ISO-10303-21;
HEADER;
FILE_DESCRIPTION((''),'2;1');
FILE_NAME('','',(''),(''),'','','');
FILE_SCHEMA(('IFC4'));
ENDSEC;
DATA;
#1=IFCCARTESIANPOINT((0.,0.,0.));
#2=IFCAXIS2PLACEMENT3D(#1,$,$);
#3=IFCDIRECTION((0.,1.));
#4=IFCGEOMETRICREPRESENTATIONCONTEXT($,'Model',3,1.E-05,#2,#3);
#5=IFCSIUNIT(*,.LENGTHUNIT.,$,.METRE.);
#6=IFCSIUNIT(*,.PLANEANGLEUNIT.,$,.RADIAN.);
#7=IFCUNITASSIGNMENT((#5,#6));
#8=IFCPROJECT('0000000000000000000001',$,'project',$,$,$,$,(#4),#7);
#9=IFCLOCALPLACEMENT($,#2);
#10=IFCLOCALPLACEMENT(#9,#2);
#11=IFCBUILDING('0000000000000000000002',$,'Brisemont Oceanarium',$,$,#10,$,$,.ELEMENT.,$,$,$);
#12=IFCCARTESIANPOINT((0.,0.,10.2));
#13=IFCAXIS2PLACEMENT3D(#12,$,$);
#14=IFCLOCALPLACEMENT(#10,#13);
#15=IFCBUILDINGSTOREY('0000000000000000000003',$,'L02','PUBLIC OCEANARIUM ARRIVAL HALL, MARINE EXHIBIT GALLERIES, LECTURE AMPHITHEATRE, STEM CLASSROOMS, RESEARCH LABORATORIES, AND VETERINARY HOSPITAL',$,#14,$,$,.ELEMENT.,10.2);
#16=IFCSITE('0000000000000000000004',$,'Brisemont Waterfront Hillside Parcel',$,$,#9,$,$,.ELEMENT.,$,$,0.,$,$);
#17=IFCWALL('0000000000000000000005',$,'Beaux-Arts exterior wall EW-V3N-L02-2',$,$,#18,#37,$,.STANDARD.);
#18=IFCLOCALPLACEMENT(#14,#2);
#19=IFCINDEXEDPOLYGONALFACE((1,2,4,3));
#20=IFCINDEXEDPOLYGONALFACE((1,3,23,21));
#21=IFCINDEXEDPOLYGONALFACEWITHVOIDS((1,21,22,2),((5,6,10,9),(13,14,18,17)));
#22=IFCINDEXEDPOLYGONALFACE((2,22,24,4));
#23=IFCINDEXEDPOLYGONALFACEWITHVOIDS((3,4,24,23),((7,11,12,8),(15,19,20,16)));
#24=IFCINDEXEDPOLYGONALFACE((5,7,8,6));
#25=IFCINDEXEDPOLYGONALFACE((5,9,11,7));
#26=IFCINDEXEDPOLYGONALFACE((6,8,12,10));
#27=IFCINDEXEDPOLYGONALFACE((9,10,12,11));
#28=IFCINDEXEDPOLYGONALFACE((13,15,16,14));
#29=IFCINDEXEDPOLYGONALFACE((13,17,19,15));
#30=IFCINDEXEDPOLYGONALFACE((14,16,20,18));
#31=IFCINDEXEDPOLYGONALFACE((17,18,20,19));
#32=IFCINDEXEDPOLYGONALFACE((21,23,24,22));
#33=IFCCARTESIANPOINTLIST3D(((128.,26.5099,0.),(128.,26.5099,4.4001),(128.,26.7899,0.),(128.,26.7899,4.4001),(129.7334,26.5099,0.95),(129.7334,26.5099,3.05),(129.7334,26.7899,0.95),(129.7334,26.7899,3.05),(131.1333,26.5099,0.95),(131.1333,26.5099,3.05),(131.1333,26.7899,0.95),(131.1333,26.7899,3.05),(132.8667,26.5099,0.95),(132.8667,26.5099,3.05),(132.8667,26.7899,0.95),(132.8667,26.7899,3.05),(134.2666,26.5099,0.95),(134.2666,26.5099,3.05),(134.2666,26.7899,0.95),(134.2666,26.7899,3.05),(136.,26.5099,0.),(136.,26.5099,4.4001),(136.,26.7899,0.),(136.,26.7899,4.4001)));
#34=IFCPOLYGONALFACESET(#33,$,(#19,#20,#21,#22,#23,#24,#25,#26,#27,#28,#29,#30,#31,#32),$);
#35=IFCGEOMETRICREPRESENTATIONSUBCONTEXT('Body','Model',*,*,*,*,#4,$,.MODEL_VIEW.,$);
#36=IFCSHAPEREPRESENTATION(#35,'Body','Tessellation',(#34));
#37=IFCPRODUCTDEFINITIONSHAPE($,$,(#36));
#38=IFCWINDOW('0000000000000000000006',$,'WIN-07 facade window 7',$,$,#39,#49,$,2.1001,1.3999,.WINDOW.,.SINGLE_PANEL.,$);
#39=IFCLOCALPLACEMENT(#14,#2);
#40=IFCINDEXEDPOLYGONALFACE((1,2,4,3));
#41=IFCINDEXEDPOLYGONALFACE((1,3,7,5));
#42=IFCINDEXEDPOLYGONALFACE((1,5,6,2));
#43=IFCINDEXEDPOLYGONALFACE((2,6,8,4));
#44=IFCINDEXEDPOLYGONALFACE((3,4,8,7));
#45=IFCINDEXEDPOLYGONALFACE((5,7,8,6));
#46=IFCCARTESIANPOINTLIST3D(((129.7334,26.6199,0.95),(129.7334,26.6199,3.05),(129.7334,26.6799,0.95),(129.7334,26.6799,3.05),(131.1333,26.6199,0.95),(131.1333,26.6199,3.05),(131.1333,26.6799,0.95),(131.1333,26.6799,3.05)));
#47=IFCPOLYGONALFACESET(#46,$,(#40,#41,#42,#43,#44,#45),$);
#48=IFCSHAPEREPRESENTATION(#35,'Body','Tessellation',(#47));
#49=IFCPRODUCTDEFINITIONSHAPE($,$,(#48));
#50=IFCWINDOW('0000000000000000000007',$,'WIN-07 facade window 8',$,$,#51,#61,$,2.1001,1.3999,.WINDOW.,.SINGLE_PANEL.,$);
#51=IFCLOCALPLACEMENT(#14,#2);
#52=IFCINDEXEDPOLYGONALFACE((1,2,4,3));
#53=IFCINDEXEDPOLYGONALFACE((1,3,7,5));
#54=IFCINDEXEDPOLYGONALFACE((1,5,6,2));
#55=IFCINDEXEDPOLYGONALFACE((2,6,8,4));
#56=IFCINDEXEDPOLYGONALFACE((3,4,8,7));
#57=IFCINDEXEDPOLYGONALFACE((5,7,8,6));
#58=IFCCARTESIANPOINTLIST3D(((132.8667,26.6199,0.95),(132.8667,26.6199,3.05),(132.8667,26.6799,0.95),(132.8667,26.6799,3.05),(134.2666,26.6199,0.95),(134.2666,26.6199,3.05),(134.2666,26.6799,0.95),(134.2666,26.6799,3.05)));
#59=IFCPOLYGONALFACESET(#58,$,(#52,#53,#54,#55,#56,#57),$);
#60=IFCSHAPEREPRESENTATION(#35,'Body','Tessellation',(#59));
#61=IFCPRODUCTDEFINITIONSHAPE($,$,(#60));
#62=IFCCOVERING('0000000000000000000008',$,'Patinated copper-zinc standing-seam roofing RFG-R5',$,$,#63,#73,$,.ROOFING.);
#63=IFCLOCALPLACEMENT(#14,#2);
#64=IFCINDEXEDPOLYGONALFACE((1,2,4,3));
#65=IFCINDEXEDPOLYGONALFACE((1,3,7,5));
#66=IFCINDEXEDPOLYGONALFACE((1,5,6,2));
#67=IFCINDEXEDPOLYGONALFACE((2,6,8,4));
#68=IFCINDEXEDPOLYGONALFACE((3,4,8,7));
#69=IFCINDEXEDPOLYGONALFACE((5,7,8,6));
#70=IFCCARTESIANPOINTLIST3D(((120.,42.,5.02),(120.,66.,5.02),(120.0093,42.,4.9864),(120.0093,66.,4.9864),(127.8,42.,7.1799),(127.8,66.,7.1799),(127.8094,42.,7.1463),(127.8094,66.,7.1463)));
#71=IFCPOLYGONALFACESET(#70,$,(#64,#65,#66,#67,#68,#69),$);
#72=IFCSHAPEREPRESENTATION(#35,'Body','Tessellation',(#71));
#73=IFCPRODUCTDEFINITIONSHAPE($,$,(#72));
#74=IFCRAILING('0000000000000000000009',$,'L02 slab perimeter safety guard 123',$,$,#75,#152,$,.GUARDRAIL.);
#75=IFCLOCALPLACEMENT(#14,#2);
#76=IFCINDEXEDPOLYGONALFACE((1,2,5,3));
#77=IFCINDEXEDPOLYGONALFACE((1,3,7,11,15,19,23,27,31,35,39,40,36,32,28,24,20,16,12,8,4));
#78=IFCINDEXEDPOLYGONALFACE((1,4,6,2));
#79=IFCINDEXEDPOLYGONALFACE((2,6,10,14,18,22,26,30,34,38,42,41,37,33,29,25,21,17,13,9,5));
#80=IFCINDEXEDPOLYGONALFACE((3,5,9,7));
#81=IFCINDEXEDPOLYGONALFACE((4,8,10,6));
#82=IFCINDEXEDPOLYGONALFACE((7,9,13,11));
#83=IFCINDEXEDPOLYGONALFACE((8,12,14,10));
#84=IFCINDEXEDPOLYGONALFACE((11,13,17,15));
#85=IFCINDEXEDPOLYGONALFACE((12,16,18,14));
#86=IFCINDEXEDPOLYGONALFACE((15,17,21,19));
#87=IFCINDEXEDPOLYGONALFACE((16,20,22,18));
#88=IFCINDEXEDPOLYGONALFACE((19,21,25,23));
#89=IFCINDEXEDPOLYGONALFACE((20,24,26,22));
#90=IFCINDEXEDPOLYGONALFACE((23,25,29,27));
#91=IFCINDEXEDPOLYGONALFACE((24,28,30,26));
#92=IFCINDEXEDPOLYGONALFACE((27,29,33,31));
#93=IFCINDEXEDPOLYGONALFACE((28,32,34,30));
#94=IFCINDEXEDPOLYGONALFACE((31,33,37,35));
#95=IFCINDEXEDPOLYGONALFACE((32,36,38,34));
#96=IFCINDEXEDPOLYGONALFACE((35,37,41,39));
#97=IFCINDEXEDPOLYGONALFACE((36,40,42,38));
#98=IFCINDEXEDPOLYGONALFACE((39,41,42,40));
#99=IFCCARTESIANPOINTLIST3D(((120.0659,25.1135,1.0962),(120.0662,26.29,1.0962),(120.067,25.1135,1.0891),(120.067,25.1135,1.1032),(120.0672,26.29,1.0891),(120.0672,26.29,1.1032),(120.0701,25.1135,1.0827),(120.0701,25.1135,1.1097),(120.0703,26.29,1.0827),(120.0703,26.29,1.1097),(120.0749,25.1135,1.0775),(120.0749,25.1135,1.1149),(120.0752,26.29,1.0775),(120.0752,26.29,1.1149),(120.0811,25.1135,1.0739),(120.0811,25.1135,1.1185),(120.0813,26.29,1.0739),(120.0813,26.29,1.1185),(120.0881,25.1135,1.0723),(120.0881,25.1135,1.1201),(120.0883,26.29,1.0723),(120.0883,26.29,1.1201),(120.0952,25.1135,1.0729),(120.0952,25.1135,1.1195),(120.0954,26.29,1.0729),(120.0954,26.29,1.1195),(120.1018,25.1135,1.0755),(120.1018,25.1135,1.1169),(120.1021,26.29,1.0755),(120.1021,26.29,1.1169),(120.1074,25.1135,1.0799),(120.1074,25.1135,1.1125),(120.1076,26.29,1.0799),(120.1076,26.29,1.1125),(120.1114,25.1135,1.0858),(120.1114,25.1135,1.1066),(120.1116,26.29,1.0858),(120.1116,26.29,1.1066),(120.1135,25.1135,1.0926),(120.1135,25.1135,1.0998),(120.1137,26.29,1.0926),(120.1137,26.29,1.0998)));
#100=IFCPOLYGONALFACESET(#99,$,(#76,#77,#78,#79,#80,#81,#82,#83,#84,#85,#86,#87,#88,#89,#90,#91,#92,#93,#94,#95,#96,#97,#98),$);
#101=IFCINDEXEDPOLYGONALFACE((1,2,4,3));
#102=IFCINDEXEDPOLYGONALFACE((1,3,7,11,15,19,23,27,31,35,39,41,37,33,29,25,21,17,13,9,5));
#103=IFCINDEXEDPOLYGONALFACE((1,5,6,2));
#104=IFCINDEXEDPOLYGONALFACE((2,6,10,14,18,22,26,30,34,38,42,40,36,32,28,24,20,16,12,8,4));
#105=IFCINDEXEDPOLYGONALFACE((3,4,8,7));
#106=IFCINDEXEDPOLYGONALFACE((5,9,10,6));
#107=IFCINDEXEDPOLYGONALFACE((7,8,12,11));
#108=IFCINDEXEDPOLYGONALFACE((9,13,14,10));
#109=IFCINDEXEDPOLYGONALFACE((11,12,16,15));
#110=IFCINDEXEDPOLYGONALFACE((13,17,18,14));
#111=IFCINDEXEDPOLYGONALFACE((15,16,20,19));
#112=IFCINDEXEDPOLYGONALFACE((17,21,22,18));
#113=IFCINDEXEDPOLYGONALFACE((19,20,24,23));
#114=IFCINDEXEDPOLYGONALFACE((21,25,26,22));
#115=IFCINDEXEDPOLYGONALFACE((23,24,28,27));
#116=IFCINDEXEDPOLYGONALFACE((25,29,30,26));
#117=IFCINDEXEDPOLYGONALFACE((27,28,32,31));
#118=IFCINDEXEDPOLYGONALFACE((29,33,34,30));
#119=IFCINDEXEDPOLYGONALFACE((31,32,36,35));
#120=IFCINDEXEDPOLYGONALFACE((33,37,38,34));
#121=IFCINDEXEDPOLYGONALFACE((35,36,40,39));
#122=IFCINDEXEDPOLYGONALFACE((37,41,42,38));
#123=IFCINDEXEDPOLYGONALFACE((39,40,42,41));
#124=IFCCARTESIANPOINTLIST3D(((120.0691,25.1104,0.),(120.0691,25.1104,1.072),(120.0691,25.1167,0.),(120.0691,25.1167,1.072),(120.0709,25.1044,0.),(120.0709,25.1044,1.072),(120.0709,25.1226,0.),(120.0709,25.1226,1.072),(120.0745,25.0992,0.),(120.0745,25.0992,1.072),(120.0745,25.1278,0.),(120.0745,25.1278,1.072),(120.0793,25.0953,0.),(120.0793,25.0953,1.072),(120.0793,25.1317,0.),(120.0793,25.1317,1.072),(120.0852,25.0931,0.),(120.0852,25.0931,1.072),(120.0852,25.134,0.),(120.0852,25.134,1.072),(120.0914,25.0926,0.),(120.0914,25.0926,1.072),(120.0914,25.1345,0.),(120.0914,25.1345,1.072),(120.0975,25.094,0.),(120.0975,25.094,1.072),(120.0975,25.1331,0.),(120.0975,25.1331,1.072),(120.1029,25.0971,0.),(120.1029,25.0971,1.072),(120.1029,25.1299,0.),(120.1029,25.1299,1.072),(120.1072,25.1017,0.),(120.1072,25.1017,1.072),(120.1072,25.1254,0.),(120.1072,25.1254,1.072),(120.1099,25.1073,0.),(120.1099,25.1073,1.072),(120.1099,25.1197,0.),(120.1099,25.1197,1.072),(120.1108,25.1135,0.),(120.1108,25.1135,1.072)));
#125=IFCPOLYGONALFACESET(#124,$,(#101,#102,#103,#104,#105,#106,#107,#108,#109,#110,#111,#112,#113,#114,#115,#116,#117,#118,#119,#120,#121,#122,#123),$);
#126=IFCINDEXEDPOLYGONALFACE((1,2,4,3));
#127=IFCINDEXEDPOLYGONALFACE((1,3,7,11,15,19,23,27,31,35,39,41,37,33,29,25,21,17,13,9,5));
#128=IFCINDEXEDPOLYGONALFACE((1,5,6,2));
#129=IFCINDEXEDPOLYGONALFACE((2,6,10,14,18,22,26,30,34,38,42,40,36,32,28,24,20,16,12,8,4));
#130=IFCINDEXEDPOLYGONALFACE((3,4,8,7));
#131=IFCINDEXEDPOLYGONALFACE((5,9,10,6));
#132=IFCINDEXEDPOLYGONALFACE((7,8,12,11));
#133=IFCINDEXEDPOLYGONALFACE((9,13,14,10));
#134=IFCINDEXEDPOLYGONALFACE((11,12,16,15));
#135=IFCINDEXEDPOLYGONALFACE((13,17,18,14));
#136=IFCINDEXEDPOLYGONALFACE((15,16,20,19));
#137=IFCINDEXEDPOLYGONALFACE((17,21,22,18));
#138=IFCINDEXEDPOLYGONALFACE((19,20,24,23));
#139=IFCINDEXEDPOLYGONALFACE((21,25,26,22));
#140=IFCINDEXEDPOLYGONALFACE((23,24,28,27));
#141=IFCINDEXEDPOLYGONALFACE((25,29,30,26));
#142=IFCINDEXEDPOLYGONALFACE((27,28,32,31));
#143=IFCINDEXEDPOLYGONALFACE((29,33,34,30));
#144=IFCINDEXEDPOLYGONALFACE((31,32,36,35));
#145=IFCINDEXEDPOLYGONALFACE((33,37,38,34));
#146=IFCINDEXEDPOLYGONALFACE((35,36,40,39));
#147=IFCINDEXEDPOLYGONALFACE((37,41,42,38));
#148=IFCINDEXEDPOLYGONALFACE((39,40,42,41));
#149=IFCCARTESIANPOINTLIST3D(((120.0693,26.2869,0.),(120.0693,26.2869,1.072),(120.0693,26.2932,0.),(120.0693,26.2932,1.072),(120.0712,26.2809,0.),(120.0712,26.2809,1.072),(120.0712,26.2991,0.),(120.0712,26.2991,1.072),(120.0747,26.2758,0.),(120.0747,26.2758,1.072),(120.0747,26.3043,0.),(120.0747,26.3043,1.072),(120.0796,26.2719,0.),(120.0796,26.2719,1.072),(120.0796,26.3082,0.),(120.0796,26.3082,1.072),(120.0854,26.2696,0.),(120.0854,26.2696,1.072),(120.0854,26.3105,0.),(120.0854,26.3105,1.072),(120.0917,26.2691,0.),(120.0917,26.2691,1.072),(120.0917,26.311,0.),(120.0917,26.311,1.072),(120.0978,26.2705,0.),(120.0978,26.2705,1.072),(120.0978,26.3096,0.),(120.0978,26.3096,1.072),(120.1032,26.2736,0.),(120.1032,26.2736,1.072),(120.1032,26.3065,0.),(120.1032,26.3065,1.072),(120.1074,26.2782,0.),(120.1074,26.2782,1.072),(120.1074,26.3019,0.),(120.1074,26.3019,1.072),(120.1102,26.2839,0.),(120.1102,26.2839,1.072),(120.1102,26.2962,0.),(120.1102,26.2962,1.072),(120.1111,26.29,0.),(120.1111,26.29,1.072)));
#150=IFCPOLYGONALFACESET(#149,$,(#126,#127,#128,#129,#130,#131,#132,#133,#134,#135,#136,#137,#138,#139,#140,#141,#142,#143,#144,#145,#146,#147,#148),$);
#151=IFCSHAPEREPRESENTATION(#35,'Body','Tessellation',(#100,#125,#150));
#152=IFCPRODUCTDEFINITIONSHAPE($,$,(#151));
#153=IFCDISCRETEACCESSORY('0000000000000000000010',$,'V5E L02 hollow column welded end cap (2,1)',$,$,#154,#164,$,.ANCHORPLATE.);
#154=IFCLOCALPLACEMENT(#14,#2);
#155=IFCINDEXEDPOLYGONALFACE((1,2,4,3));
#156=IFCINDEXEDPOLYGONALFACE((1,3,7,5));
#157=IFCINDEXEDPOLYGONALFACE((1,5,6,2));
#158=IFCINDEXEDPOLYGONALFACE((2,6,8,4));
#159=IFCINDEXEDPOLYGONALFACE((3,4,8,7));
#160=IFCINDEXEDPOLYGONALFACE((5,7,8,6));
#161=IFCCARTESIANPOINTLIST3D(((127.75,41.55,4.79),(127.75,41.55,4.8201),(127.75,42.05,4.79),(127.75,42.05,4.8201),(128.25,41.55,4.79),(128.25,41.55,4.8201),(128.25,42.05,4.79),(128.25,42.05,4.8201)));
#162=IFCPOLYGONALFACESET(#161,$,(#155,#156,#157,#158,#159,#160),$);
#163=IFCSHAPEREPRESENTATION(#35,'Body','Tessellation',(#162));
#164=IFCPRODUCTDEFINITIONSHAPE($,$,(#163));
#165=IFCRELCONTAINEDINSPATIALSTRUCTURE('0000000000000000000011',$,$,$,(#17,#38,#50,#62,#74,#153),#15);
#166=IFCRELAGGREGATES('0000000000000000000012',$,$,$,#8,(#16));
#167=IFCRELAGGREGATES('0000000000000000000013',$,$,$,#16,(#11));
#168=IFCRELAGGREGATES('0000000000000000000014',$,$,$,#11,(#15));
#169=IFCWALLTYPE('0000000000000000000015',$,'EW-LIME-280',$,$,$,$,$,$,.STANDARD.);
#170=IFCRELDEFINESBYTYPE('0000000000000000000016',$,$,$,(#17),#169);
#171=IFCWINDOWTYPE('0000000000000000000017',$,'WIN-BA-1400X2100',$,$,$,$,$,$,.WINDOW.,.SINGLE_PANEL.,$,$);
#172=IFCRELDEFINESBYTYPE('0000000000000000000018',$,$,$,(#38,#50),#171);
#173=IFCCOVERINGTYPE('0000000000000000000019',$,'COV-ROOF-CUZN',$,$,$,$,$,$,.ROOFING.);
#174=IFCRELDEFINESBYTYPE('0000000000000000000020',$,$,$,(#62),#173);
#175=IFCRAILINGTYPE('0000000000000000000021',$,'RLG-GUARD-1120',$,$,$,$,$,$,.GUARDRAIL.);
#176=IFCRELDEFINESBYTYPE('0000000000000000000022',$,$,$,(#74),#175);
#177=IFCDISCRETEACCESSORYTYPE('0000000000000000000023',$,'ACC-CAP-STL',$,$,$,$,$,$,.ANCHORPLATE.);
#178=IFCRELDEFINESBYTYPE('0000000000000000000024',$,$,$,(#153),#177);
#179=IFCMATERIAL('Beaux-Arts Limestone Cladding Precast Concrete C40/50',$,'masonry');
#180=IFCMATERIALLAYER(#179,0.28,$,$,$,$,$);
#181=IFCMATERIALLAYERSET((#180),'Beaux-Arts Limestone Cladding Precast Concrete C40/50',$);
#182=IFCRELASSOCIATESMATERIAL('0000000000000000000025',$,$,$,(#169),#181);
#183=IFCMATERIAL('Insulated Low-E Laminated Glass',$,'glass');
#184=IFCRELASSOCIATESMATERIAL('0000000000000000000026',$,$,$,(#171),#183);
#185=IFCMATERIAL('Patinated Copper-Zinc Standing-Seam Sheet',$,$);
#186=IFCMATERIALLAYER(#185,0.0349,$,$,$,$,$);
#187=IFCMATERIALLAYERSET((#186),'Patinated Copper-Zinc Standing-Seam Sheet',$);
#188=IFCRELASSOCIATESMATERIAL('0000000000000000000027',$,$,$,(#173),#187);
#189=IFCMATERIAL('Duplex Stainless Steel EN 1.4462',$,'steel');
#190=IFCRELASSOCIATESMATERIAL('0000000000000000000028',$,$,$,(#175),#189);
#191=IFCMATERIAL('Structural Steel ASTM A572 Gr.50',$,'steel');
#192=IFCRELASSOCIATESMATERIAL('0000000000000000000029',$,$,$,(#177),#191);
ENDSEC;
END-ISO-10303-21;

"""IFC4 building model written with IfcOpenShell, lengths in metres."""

from ifc_helpers import new_model, si_unit, direction, frame, frame_2d, origin, origin_2d, place, context, subcontext, project, spatial, polyline, rectangle, circle, outline, extrude, material, layer, layer_set, type_object, element, fill, save


model = new_model("IFC4")

# Units and contexts
model_context = context("Model", 3, precision=1e-05, world=origin(), true_north=direction((0.0, 1.0)))
body_context = subcontext(model_context, "Body", "Model", "MODEL_VIEW")
ifc_project = project(units=[si_unit("LENGTHUNIT", "METRE"), si_unit("PLANEANGLEUNIT", "RADIAN")], contexts=[model_context])

# Site, building, storey
site_placement = place(None, origin())
site = spatial("IfcSite", under=ifc_project, at=site_placement, Name="Brisemont Waterfront Hillside Parcel", CompositionType="ELEMENT", RefElevation=0.0)
building_placement = place(site_placement, origin())
building = spatial("IfcBuilding", under=site, at=building_placement, Name="Brisemont Oceanarium", CompositionType="ELEMENT")
storey_placement = place(building_placement, frame((0.0, 0.0, 10.2)))
storey = spatial("IfcBuildingStorey", under=building, at=storey_placement, Name="L02", Description="PUBLIC OCEANARIUM ARRIVAL HALL, MARINE EXHIBIT GALLERIES, LECTURE AMPHITHEATRE, STEM CLASSROOMS, RESEARCH LABORATORIES, AND VETERINARY HOSPITAL", CompositionType="ELEMENT", Elevation=10.2)

# Wall, openings, windows
ifc_material_1 = material(Name="Beaux-Arts Limestone Cladding Precast Concrete C40/50", Category="masonry")
ifc_layer_1 = layer(ifc_material_1, 0.28)
ifc_layer_set_1 = layer_set([ifc_layer_1], Name="Beaux-Arts Limestone Cladding Precast Concrete C40/50")
wall_type = type_object("IfcWallType", Name="EW-LIME-280", PredefinedType="STANDARD", material=ifc_layer_set_1)
wall_1_placement = place(storey_placement, frame((128.0, 26.6499, 0.0), z_axis=(0.0, 0.0, 1.0), x_axis=(1.0, 0.0, 0.0)))
wall_1 = element("IfcWall", 1, at=wall_1_placement, inside=storey, type_object=wall_type, Name="Beaux-Arts exterior wall EW-V3N-L02-2", PredefinedType="STANDARD", context=body_context, shape_type="SweptSolid", body=[
    extrude(rectangle(XDim=8.0, YDim=0.28, at=frame_2d((4.0, 0.0))), origin(), (0.0, 0.0, 1.0), 4.4001),
])
opening_1_placement = place(wall_1_placement, frame((1.7334, 0.0, 0.95)))
opening_1 = element("IfcOpeningElement", 2, at=opening_1_placement, cuts=wall_1, PredefinedType="OPENING", context=body_context, shape_type="SweptSolid", body=[
    extrude(rectangle(XDim=1.3999, YDim=2.1001, at=frame_2d((0.7, 1.05))), frame((0.0, 0.1499, 0.0), z_axis=(0.0, -1.0, 0.0), x_axis=(1.0, 0.0, 0.0)), (0.0, 0.0, 1.0), 0.3),
])
opening_2_placement = place(wall_1_placement, frame((4.8667, 0.0, 0.95)))
opening_2 = element("IfcOpeningElement", 3, at=opening_2_placement, cuts=wall_1, PredefinedType="OPENING", context=body_context, shape_type="SweptSolid", body=[
    extrude(rectangle(XDim=1.3999, YDim=2.1001, at=frame_2d((0.7, 1.05))), frame((0.0, 0.1499, 0.0), z_axis=(0.0, -1.0, 0.0), x_axis=(1.0, 0.0, 0.0)), (0.0, 0.0, 1.0), 0.3),
])
ifc_material_2 = material(Name="Insulated Low-E Laminated Glass", Category="glass")
window_type_1 = type_object("IfcWindowType", Name="WIN-BA-1400X2100", PartitioningType="SINGLE_PANEL", PredefinedType="WINDOW", material=ifc_material_2)
window_1_placement = place(opening_1_placement, origin())
window_1 = element("IfcWindow", 4, at=window_1_placement, inside=storey, type_object=window_type_1, Name="WIN-07 facade window 7", OverallHeight=2.1001, OverallWidth=1.3999, PartitioningType="SINGLE_PANEL", PredefinedType="WINDOW", context=body_context, shape_type="SweptSolid", body=[
    extrude(rectangle(XDim=1.3999, YDim=2.1001, at=frame_2d((0.7, 1.05))), frame((0.0, 0.03, 0.0), z_axis=(0.0, -1.0, 0.0), x_axis=(1.0, 0.0, 0.0)), (0.0, 0.0, 1.0), 0.0601),
])
fill(opening_1, window_1)
window_2_placement = place(opening_2_placement, origin())
window_2 = element("IfcWindow", 5, at=window_2_placement, inside=storey, type_object=window_type_1, Name="WIN-07 facade window 8", OverallHeight=2.1001, OverallWidth=1.3999, PartitioningType="SINGLE_PANEL", PredefinedType="WINDOW", context=body_context, shape_type="SweptSolid", body=[
    extrude(rectangle(XDim=1.3999, YDim=2.1001, at=frame_2d((0.7, 1.05))), frame((0.0, 0.03, 0.0), z_axis=(0.0, -1.0, 0.0), x_axis=(1.0, 0.0, 0.0)), (0.0, 0.0, 1.0), 0.0601),
])
fill(opening_2, window_2)

# Covering
ifc_material_3 = material(Name="Patinated Copper-Zinc Standing-Seam Sheet")
ifc_layer_2 = layer(ifc_material_3, 0.0349)
ifc_layer_set_2 = layer_set([ifc_layer_2], Name="Patinated Copper-Zinc Standing-Seam Sheet")
covering_type = type_object("IfcCoveringType", Name="COV-ROOF-CUZN", PredefinedType="ROOFING", material=ifc_layer_set_2)
covering_placement = place(storey_placement, frame((120.0, 42.0, 5.02), z_axis=(-0.266867, 0.0, 0.963733), x_axis=(0.963733, 0.0, 0.266867)))
element("IfcCovering", 6, at=covering_placement, inside=storey, type_object=covering_type, Name="Patinated copper-zinc standing-seam roofing RFG-R5", PredefinedType="ROOFING", context=body_context, shape_type="SweptSolid", body=[
    extrude(outline(polyline([(0.0, 0.0), (8.0936, 0.0), (8.0936, 24.0), (0.0, 24.0), (0.0, 0.0)])), origin(), (0.0, 0.0, -1.0), 0.0349),
])

# Railing
ifc_material_4 = material(Name="Duplex Stainless Steel EN 1.4462", Category="steel")
railing_type = type_object("IfcRailingType", Name="RLG-GUARD-1120", PredefinedType="GUARDRAIL", material=ifc_material_4)
railing_1_placement = place(storey_placement, frame((120.0898, 25.1135, 0.0)))
element("IfcRailing", 7, at=railing_1_placement, inside=storey, type_object=railing_type, Name="L02 slab perimeter safety guard 123", PredefinedType="GUARDRAIL", context=body_context, shape_type="SweptSolid", body=[
    extrude(circle(Radius=0.0239, at=origin_2d()), frame((0.0, 0.0, 1.0962), z_axis=(0.000208, 1.0, 0.0), x_axis=(-1.0, 0.000208, 0.0)), (0.0, 0.0, 1.0), 1.1765),
    extrude(circle(Radius=0.021, at=origin_2d()), origin(), (0.0, 0.0, 1.0), 1.072),
    extrude(circle(Radius=0.021, at=origin_2d()), frame((0.0002, 1.1765, 0.0)), (0.0, 0.0, 1.0), 1.072),
])

# Discrete accessory
ifc_material_5 = material(Name="Structural Steel ASTM A572 Gr.50", Category="steel")
discrete_accessory_type = type_object("IfcDiscreteAccessoryType", Name="ACC-CAP-STL", PredefinedType="ANCHORPLATE", material=ifc_material_5)
discrete_accessory_placement = place(storey_placement, frame((128.0, 41.8, 4.79), z_axis=(0.0, 0.0, 1.0), x_axis=(1.0, 0.0, 0.0)))
element("IfcDiscreteAccessory", 8, at=discrete_accessory_placement, inside=storey, type_object=discrete_accessory_type, Name="V5E L02 hollow column welded end cap (2,1)", PredefinedType="ANCHORPLATE", context=body_context, shape_type="SweptSolid", body=[
    extrude(rectangle(XDim=0.5, YDim=0.5, at=origin_2d()), origin(), (0.0, 0.0, 1.0), 0.03),
])

save(model, "model.ifc")
